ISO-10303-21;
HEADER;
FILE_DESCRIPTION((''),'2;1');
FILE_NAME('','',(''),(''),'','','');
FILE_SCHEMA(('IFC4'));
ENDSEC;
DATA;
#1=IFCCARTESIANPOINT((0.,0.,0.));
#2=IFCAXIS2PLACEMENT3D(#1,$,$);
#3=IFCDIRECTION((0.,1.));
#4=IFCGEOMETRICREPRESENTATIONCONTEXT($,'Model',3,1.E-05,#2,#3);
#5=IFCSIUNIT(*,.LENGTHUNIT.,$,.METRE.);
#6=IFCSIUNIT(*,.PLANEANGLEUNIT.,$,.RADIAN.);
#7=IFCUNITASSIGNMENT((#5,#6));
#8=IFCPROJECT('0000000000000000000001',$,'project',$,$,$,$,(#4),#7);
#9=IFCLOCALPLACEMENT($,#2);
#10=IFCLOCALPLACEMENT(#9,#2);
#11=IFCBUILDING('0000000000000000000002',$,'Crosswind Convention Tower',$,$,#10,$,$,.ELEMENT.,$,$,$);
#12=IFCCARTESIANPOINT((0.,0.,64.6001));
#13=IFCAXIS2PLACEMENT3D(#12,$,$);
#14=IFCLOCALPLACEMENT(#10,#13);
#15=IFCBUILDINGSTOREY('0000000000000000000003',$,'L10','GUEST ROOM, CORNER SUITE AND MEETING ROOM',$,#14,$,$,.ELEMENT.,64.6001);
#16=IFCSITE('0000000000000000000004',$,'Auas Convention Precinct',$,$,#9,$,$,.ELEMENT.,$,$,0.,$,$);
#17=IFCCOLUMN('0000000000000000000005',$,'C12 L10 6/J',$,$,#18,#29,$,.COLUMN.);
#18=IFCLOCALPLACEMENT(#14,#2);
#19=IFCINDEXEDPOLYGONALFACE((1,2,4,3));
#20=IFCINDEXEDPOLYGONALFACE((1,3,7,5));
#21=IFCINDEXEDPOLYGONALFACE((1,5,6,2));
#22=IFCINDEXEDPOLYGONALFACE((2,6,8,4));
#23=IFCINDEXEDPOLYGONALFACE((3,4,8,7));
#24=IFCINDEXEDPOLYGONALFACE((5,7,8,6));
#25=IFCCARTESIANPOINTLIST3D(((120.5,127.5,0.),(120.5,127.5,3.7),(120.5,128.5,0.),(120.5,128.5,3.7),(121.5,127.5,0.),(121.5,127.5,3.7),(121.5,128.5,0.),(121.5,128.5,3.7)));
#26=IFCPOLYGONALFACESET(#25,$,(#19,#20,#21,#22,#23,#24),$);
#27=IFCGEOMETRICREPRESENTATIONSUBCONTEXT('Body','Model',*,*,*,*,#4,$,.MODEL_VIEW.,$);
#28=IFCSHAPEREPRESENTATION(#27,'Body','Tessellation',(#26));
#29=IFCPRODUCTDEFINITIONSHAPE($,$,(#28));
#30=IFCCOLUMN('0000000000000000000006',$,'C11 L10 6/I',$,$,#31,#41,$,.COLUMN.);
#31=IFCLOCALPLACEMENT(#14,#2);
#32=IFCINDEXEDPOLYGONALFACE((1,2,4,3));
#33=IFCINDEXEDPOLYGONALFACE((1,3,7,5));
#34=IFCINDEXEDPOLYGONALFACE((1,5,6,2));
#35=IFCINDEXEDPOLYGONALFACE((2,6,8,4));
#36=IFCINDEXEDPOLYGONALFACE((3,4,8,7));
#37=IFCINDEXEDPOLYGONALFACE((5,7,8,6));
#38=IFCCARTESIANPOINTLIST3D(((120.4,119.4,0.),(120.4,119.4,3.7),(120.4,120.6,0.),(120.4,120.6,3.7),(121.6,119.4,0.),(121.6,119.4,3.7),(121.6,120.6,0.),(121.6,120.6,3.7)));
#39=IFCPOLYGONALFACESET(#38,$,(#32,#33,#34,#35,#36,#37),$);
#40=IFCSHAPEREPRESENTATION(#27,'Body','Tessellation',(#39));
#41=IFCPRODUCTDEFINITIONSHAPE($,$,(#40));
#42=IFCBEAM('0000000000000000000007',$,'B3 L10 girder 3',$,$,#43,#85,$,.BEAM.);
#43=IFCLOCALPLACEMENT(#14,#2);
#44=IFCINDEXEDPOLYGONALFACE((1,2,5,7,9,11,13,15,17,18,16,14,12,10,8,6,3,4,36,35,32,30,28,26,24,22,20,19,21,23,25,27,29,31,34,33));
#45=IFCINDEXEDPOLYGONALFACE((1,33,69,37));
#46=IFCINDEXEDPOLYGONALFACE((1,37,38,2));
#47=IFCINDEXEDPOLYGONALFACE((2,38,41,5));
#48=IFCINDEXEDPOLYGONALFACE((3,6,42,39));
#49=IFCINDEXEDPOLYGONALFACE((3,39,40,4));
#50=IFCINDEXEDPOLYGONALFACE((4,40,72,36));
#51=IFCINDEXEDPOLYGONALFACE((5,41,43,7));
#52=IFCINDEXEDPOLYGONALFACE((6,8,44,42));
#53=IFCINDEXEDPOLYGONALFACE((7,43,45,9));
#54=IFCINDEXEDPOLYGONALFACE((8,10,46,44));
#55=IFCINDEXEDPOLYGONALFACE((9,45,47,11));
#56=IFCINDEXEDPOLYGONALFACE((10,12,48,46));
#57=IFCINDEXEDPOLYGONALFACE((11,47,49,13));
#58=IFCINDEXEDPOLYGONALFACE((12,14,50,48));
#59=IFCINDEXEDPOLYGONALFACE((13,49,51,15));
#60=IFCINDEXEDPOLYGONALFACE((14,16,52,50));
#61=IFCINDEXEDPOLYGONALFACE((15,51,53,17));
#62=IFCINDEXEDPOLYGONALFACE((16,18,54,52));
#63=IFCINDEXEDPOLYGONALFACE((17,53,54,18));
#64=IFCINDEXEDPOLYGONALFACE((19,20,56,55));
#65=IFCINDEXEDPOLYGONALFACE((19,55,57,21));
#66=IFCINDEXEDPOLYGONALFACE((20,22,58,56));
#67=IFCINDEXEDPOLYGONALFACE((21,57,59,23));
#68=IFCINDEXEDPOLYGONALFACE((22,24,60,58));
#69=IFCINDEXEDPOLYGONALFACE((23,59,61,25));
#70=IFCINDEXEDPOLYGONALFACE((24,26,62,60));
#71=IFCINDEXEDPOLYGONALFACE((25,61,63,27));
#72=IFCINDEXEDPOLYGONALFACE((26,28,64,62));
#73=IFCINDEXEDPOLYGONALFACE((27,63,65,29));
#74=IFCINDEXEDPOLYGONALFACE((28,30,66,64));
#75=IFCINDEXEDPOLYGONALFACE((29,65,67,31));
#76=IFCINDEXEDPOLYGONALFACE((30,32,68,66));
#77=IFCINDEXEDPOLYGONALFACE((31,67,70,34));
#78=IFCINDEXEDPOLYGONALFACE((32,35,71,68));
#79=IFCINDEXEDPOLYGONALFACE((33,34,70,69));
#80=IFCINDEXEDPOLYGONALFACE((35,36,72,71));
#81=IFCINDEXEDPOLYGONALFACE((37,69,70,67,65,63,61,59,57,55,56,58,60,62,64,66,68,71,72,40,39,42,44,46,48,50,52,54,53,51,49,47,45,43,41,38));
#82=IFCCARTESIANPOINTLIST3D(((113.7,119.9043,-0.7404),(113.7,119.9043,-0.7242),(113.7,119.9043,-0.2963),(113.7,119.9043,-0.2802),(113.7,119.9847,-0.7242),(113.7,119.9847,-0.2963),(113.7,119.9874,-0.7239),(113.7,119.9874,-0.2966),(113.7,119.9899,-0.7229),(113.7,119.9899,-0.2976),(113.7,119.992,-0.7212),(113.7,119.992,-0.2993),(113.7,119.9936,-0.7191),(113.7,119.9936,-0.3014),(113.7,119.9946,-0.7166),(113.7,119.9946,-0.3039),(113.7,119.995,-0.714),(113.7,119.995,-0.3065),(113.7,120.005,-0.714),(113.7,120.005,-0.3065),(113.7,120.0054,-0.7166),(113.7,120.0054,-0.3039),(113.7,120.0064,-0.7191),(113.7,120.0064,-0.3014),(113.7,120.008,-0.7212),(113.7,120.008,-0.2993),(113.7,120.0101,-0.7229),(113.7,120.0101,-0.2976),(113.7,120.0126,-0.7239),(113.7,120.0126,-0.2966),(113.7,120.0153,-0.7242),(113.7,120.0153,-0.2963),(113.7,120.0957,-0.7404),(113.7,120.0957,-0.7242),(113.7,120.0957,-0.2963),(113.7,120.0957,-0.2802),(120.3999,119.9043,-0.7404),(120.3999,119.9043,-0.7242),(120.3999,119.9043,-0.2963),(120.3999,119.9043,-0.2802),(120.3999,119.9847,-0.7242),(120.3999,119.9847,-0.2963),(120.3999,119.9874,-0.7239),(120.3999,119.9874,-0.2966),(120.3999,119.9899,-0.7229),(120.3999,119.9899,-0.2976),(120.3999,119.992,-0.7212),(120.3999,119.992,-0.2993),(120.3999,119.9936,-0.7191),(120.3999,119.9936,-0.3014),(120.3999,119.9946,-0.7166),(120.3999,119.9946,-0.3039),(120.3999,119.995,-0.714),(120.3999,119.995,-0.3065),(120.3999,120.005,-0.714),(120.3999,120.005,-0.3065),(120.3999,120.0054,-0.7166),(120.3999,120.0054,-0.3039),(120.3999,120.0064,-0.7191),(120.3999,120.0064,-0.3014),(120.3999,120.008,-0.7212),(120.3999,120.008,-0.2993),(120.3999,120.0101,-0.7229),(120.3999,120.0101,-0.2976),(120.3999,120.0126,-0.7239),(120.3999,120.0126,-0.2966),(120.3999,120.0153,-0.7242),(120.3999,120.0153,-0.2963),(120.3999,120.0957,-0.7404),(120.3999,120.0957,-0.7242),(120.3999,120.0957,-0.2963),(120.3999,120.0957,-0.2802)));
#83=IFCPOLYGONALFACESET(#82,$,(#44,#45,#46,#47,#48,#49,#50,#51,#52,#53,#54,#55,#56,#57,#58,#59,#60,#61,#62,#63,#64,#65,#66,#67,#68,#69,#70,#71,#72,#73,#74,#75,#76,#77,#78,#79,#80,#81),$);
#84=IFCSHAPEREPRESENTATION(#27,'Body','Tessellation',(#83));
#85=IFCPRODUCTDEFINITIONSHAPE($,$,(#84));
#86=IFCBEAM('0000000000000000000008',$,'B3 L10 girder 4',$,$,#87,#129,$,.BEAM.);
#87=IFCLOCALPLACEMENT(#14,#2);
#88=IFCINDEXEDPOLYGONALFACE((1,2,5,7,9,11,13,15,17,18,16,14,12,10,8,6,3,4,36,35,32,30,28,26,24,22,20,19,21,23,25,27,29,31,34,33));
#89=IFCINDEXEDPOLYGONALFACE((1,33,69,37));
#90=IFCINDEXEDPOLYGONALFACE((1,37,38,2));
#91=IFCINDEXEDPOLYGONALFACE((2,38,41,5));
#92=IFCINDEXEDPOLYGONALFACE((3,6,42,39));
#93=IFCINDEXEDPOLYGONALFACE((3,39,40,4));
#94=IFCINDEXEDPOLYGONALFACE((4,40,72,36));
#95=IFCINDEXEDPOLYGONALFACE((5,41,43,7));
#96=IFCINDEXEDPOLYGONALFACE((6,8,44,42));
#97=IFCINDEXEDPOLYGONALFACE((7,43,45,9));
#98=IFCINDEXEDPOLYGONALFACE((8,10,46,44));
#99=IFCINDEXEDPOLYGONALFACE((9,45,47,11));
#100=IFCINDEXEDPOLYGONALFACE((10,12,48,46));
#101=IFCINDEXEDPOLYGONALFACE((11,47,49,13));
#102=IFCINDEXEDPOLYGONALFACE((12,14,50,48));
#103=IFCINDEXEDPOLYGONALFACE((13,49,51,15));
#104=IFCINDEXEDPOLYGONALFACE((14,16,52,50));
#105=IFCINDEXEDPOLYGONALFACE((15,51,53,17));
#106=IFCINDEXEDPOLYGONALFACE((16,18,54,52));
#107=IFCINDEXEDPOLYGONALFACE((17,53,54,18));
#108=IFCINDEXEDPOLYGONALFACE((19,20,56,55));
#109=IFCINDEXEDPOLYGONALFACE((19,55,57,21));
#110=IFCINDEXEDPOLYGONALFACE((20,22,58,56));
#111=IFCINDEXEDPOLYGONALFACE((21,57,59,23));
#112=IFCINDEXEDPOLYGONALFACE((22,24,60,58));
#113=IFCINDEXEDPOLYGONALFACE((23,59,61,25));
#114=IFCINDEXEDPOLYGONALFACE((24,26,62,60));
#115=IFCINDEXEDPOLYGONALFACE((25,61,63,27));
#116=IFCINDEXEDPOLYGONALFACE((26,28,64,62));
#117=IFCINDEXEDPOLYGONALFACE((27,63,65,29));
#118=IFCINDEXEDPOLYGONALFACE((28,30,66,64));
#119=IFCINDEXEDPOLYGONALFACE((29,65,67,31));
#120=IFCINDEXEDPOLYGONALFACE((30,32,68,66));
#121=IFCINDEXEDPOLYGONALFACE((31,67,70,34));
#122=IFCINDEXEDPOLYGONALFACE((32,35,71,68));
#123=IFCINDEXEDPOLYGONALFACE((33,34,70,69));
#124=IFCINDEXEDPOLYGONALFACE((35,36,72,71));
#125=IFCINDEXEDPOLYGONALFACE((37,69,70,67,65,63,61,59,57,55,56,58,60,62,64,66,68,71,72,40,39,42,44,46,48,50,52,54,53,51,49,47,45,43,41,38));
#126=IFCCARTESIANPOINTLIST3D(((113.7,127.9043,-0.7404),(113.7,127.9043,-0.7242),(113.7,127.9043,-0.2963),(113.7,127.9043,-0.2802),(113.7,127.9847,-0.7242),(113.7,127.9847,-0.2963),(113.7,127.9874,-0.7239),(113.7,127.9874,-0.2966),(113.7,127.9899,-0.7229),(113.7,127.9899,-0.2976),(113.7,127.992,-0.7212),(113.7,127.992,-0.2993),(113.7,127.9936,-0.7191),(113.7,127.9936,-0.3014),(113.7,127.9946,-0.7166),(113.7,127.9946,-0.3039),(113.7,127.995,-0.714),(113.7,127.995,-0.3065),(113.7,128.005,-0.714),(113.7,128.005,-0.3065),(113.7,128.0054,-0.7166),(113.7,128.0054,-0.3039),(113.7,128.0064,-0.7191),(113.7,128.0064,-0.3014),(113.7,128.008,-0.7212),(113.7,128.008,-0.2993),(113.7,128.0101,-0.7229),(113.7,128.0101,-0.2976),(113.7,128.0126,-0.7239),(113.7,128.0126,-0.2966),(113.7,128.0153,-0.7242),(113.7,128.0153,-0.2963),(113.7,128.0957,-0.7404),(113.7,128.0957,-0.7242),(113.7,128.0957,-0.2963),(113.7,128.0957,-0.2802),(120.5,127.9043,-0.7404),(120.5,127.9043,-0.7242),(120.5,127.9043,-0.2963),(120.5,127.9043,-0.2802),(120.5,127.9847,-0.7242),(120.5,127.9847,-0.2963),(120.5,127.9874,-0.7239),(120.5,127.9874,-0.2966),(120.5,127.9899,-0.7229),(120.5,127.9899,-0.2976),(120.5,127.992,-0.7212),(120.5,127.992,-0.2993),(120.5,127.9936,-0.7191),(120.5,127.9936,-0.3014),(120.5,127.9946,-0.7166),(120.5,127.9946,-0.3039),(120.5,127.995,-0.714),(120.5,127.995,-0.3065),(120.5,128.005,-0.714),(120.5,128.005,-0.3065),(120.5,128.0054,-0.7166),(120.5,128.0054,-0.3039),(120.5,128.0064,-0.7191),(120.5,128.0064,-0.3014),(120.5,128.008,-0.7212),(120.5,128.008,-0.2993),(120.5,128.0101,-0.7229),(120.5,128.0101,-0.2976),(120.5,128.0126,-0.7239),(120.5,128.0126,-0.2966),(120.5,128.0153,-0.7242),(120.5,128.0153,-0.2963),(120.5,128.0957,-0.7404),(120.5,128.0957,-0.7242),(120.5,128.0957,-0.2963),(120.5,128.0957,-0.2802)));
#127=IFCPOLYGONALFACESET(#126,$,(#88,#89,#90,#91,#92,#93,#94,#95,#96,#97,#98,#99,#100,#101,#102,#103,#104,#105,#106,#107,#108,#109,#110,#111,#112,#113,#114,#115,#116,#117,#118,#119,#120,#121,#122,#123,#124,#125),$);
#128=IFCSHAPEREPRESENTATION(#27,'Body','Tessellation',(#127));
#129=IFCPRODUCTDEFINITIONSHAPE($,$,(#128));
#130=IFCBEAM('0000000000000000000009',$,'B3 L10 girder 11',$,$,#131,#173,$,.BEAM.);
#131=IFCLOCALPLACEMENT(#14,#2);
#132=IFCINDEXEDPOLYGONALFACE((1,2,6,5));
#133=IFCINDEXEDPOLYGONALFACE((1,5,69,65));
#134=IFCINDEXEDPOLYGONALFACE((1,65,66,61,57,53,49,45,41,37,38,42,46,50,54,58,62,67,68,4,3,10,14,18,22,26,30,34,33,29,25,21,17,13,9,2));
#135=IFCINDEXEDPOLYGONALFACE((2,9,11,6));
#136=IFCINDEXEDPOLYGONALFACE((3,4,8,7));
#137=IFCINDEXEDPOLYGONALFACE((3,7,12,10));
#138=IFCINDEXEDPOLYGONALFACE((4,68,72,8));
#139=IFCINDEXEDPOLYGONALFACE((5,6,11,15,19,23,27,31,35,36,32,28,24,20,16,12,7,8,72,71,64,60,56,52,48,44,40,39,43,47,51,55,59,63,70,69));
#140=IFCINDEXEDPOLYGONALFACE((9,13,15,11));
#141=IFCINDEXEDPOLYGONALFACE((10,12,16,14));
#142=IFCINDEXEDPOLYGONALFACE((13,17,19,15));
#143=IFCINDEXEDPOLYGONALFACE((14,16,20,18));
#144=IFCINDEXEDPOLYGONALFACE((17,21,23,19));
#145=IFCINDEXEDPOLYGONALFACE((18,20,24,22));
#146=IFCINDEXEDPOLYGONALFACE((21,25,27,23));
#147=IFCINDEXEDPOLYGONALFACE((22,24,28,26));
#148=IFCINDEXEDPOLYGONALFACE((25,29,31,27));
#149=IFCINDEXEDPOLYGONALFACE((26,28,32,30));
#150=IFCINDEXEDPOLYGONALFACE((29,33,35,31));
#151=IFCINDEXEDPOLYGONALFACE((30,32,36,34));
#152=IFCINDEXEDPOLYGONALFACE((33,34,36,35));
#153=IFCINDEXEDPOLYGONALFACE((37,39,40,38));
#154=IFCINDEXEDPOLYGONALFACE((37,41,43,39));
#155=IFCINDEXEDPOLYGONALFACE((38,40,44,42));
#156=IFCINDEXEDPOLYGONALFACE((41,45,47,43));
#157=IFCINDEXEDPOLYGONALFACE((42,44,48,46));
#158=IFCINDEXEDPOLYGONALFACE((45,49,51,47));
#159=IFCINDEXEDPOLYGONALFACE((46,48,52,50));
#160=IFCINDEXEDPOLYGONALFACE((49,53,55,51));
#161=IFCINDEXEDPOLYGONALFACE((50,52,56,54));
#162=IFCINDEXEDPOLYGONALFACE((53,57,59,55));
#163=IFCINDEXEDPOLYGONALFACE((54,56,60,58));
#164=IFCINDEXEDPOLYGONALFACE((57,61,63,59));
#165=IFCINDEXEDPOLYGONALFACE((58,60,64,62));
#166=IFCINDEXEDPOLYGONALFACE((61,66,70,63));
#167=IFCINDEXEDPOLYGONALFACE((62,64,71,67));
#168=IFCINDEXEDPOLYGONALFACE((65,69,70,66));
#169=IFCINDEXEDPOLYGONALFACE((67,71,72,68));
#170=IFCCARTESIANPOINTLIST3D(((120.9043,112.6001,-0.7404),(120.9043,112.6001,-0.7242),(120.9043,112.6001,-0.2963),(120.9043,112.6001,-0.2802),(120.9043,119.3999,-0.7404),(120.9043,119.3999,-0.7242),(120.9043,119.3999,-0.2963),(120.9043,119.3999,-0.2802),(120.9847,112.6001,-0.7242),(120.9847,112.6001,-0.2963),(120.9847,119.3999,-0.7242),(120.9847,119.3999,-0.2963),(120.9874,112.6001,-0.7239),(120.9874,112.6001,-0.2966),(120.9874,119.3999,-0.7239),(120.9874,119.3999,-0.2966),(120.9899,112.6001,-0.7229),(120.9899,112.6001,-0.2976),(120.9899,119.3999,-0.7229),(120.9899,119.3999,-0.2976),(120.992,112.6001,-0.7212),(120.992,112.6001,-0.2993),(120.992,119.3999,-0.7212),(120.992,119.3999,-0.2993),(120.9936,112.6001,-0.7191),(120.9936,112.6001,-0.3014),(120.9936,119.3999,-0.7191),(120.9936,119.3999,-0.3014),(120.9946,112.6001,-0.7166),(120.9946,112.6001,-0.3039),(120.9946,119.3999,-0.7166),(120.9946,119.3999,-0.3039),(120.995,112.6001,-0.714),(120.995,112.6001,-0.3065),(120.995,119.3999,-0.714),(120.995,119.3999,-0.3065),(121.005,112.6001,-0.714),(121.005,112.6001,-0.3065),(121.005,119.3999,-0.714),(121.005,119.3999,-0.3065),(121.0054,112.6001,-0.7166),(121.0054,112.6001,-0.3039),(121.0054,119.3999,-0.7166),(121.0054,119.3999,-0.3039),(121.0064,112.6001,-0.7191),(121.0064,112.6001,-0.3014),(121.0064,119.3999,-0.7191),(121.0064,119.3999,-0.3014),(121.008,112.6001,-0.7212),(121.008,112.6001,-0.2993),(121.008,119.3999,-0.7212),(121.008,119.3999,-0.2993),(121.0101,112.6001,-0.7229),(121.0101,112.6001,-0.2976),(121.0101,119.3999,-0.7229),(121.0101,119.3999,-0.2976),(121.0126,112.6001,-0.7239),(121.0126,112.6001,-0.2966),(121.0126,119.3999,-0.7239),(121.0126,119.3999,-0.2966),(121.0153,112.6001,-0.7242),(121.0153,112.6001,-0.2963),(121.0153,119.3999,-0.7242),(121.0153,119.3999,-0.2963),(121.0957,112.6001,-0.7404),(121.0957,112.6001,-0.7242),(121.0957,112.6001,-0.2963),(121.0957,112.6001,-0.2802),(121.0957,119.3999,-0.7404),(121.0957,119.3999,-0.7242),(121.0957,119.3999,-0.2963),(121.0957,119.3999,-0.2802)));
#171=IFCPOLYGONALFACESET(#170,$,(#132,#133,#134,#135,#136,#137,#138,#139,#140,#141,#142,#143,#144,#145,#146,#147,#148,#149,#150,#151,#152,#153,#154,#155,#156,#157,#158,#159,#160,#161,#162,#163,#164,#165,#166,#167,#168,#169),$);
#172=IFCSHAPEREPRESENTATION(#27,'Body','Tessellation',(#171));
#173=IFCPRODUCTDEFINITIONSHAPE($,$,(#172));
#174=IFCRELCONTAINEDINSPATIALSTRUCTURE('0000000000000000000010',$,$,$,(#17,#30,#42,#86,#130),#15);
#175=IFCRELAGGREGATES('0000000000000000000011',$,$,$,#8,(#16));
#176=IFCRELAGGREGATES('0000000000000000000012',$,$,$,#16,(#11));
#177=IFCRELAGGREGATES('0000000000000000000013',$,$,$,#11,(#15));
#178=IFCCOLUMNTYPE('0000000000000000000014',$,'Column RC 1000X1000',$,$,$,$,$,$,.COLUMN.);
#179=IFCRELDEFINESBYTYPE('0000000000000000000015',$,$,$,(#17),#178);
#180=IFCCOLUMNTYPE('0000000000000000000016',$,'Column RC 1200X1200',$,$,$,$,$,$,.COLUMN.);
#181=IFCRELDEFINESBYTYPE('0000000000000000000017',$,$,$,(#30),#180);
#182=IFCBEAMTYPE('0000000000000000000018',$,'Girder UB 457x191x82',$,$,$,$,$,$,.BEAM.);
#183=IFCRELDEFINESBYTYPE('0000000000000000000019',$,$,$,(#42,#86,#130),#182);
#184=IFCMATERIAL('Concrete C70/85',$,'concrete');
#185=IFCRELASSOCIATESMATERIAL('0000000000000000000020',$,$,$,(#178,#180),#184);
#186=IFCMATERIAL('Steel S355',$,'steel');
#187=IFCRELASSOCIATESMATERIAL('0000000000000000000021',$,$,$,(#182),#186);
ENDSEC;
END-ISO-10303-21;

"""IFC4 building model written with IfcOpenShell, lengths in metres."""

from ifc_helpers import new_model, si_unit, direction, frame, origin, origin_2d, place, context, subcontext, project, spatial, rectangle, i_section, extrude, material, material_profile, profile_set, type_object, element, save


model = new_model("IFC4")

# Units and contexts
model_context = context("Model", 3, precision=1e-05, world=origin(), true_north=direction((0.0, 1.0)))
body_context = subcontext(model_context, "Body", "Model", "MODEL_VIEW")
ifc_project = project(units=[si_unit("LENGTHUNIT", "METRE"), si_unit("PLANEANGLEUNIT", "RADIAN")], contexts=[model_context])

# Site, building, storey
site_placement = place(None, origin())
site = spatial("IfcSite", under=ifc_project, at=site_placement, Name="Auas Convention Precinct", CompositionType="ELEMENT", RefElevation=0.0)
building_placement = place(site_placement, origin())
building = spatial("IfcBuilding", under=site, at=building_placement, Name="Crosswind Convention Tower", CompositionType="ELEMENT")
storey_placement = place(building_placement, frame((0.0, 0.0, 64.6001)))
storey = spatial("IfcBuildingStorey", under=building, at=storey_placement, Name="L10", Description="GUEST ROOM, CORNER SUITE AND MEETING ROOM", CompositionType="ELEMENT", Elevation=64.6001)

# Columns
ifc_material_1 = material(Name="Concrete C70/85", Category="concrete")
ifc_material_profile_1 = material_profile(ifc_material_1, rectangle(XDim=1.0, YDim=1.0, at=origin_2d()), Name="RC 1000X1000")
ifc_profile_set_1 = profile_set([ifc_material_profile_1], Name="Concrete C70/85")
column_type_1 = type_object("IfcColumnType", Name="Column RC 1000X1000", PredefinedType="COLUMN", material=ifc_profile_set_1)
column_1_placement = place(storey_placement, frame((121.0, 128.0, 0.0), z_axis=(0.0, 0.0, 1.0), x_axis=(1.0, 0.0, 0.0)))
element("IfcColumn", 1, at=column_1_placement, inside=storey, type_object=column_type_1, Name="C12 L10 6/J", PredefinedType="COLUMN", context=body_context, shape_type="SweptSolid", body=[
    extrude(rectangle(XDim=1.0, YDim=1.0, at=origin_2d()), origin(), (0.0, 0.0, 1.0), 3.7),
])
ifc_material_profile_2 = material_profile(ifc_material_1, rectangle(XDim=1.2, YDim=1.2, at=origin_2d()), Name="RC 1200X1200")
ifc_profile_set_2 = profile_set([ifc_material_profile_2], Name="Concrete C70/85")
column_type_2 = type_object("IfcColumnType", Name="Column RC 1200X1200", PredefinedType="COLUMN", material=ifc_profile_set_2)
column_2_placement = place(storey_placement, frame((121.0, 120.0, 0.0), z_axis=(0.0, 0.0, 1.0), x_axis=(1.0, 0.0, 0.0)))
element("IfcColumn", 2, at=column_2_placement, inside=storey, type_object=column_type_2, Name="C11 L10 6/I", PredefinedType="COLUMN", context=body_context, shape_type="SweptSolid", body=[
    extrude(rectangle(XDim=1.2, YDim=1.2, at=origin_2d()), origin(), (0.0, 0.0, 1.0), 3.7),
])

# Beams
ifc_material_2 = material(Name="Steel S355", Category="steel")
ifc_material_profile_3 = material_profile(ifc_material_2, i_section(OverallWidth=0.1914, OverallDepth=0.4602, WebThickness=0.01, FlangeThickness=0.0161, FilletRadius=0.0103, at=origin_2d()), Name="UB 457x191x82")
ifc_profile_set_3 = profile_set([ifc_material_profile_3], Name="Steel S355")
beam_type_1 = type_object("IfcBeamType", Name="Girder UB 457x191x82", PredefinedType="BEAM", material=ifc_profile_set_3)
beam_1_placement = place(storey_placement, frame((113.7, 120.0, -0.5103), z_axis=(1.0, 0.0, 0.0), x_axis=(0.0, 1.0, 0.0)))
element("IfcBeam", 3, at=beam_1_placement, inside=storey, type_object=beam_type_1, Name="B3 L10 girder 3", PredefinedType="BEAM", context=body_context, shape_type="SweptSolid", body=[
    extrude(i_section(OverallWidth=0.1914, OverallDepth=0.4602, WebThickness=0.01, FlangeThickness=0.0161, FilletRadius=0.0103, at=origin_2d()), origin(), (0.0, 0.0, 1.0), 6.7),
])
beam_2_placement = place(storey_placement, frame((113.7, 128.0, -0.5103), z_axis=(1.0, 0.0, 0.0), x_axis=(0.0, 1.0, 0.0)))
element("IfcBeam", 4, at=beam_2_placement, inside=storey, type_object=beam_type_1, Name="B3 L10 girder 4", PredefinedType="BEAM", context=body_context, shape_type="SweptSolid", body=[
    extrude(i_section(OverallWidth=0.1914, OverallDepth=0.4602, WebThickness=0.01, FlangeThickness=0.0161, FilletRadius=0.0103, at=origin_2d()), origin(), (0.0, 0.0, 1.0), 6.8),
])
beam_3_placement = place(storey_placement, frame((121.0, 112.6001, -0.5103), z_axis=(0.0, 1.0, 0.0), x_axis=(-1.0, 0.0, 0.0)))
element("IfcBeam", 5, at=beam_3_placement, inside=storey, type_object=beam_type_1, Name="B3 L10 girder 11", PredefinedType="BEAM", context=body_context, shape_type="SweptSolid", body=[
    extrude(i_section(OverallWidth=0.1914, OverallDepth=0.4602, WebThickness=0.01, FlangeThickness=0.0161, FilletRadius=0.0103, at=origin_2d()), origin(), (0.0, 0.0, 1.0), 6.7998),
])

save(model, "model.ifc")
